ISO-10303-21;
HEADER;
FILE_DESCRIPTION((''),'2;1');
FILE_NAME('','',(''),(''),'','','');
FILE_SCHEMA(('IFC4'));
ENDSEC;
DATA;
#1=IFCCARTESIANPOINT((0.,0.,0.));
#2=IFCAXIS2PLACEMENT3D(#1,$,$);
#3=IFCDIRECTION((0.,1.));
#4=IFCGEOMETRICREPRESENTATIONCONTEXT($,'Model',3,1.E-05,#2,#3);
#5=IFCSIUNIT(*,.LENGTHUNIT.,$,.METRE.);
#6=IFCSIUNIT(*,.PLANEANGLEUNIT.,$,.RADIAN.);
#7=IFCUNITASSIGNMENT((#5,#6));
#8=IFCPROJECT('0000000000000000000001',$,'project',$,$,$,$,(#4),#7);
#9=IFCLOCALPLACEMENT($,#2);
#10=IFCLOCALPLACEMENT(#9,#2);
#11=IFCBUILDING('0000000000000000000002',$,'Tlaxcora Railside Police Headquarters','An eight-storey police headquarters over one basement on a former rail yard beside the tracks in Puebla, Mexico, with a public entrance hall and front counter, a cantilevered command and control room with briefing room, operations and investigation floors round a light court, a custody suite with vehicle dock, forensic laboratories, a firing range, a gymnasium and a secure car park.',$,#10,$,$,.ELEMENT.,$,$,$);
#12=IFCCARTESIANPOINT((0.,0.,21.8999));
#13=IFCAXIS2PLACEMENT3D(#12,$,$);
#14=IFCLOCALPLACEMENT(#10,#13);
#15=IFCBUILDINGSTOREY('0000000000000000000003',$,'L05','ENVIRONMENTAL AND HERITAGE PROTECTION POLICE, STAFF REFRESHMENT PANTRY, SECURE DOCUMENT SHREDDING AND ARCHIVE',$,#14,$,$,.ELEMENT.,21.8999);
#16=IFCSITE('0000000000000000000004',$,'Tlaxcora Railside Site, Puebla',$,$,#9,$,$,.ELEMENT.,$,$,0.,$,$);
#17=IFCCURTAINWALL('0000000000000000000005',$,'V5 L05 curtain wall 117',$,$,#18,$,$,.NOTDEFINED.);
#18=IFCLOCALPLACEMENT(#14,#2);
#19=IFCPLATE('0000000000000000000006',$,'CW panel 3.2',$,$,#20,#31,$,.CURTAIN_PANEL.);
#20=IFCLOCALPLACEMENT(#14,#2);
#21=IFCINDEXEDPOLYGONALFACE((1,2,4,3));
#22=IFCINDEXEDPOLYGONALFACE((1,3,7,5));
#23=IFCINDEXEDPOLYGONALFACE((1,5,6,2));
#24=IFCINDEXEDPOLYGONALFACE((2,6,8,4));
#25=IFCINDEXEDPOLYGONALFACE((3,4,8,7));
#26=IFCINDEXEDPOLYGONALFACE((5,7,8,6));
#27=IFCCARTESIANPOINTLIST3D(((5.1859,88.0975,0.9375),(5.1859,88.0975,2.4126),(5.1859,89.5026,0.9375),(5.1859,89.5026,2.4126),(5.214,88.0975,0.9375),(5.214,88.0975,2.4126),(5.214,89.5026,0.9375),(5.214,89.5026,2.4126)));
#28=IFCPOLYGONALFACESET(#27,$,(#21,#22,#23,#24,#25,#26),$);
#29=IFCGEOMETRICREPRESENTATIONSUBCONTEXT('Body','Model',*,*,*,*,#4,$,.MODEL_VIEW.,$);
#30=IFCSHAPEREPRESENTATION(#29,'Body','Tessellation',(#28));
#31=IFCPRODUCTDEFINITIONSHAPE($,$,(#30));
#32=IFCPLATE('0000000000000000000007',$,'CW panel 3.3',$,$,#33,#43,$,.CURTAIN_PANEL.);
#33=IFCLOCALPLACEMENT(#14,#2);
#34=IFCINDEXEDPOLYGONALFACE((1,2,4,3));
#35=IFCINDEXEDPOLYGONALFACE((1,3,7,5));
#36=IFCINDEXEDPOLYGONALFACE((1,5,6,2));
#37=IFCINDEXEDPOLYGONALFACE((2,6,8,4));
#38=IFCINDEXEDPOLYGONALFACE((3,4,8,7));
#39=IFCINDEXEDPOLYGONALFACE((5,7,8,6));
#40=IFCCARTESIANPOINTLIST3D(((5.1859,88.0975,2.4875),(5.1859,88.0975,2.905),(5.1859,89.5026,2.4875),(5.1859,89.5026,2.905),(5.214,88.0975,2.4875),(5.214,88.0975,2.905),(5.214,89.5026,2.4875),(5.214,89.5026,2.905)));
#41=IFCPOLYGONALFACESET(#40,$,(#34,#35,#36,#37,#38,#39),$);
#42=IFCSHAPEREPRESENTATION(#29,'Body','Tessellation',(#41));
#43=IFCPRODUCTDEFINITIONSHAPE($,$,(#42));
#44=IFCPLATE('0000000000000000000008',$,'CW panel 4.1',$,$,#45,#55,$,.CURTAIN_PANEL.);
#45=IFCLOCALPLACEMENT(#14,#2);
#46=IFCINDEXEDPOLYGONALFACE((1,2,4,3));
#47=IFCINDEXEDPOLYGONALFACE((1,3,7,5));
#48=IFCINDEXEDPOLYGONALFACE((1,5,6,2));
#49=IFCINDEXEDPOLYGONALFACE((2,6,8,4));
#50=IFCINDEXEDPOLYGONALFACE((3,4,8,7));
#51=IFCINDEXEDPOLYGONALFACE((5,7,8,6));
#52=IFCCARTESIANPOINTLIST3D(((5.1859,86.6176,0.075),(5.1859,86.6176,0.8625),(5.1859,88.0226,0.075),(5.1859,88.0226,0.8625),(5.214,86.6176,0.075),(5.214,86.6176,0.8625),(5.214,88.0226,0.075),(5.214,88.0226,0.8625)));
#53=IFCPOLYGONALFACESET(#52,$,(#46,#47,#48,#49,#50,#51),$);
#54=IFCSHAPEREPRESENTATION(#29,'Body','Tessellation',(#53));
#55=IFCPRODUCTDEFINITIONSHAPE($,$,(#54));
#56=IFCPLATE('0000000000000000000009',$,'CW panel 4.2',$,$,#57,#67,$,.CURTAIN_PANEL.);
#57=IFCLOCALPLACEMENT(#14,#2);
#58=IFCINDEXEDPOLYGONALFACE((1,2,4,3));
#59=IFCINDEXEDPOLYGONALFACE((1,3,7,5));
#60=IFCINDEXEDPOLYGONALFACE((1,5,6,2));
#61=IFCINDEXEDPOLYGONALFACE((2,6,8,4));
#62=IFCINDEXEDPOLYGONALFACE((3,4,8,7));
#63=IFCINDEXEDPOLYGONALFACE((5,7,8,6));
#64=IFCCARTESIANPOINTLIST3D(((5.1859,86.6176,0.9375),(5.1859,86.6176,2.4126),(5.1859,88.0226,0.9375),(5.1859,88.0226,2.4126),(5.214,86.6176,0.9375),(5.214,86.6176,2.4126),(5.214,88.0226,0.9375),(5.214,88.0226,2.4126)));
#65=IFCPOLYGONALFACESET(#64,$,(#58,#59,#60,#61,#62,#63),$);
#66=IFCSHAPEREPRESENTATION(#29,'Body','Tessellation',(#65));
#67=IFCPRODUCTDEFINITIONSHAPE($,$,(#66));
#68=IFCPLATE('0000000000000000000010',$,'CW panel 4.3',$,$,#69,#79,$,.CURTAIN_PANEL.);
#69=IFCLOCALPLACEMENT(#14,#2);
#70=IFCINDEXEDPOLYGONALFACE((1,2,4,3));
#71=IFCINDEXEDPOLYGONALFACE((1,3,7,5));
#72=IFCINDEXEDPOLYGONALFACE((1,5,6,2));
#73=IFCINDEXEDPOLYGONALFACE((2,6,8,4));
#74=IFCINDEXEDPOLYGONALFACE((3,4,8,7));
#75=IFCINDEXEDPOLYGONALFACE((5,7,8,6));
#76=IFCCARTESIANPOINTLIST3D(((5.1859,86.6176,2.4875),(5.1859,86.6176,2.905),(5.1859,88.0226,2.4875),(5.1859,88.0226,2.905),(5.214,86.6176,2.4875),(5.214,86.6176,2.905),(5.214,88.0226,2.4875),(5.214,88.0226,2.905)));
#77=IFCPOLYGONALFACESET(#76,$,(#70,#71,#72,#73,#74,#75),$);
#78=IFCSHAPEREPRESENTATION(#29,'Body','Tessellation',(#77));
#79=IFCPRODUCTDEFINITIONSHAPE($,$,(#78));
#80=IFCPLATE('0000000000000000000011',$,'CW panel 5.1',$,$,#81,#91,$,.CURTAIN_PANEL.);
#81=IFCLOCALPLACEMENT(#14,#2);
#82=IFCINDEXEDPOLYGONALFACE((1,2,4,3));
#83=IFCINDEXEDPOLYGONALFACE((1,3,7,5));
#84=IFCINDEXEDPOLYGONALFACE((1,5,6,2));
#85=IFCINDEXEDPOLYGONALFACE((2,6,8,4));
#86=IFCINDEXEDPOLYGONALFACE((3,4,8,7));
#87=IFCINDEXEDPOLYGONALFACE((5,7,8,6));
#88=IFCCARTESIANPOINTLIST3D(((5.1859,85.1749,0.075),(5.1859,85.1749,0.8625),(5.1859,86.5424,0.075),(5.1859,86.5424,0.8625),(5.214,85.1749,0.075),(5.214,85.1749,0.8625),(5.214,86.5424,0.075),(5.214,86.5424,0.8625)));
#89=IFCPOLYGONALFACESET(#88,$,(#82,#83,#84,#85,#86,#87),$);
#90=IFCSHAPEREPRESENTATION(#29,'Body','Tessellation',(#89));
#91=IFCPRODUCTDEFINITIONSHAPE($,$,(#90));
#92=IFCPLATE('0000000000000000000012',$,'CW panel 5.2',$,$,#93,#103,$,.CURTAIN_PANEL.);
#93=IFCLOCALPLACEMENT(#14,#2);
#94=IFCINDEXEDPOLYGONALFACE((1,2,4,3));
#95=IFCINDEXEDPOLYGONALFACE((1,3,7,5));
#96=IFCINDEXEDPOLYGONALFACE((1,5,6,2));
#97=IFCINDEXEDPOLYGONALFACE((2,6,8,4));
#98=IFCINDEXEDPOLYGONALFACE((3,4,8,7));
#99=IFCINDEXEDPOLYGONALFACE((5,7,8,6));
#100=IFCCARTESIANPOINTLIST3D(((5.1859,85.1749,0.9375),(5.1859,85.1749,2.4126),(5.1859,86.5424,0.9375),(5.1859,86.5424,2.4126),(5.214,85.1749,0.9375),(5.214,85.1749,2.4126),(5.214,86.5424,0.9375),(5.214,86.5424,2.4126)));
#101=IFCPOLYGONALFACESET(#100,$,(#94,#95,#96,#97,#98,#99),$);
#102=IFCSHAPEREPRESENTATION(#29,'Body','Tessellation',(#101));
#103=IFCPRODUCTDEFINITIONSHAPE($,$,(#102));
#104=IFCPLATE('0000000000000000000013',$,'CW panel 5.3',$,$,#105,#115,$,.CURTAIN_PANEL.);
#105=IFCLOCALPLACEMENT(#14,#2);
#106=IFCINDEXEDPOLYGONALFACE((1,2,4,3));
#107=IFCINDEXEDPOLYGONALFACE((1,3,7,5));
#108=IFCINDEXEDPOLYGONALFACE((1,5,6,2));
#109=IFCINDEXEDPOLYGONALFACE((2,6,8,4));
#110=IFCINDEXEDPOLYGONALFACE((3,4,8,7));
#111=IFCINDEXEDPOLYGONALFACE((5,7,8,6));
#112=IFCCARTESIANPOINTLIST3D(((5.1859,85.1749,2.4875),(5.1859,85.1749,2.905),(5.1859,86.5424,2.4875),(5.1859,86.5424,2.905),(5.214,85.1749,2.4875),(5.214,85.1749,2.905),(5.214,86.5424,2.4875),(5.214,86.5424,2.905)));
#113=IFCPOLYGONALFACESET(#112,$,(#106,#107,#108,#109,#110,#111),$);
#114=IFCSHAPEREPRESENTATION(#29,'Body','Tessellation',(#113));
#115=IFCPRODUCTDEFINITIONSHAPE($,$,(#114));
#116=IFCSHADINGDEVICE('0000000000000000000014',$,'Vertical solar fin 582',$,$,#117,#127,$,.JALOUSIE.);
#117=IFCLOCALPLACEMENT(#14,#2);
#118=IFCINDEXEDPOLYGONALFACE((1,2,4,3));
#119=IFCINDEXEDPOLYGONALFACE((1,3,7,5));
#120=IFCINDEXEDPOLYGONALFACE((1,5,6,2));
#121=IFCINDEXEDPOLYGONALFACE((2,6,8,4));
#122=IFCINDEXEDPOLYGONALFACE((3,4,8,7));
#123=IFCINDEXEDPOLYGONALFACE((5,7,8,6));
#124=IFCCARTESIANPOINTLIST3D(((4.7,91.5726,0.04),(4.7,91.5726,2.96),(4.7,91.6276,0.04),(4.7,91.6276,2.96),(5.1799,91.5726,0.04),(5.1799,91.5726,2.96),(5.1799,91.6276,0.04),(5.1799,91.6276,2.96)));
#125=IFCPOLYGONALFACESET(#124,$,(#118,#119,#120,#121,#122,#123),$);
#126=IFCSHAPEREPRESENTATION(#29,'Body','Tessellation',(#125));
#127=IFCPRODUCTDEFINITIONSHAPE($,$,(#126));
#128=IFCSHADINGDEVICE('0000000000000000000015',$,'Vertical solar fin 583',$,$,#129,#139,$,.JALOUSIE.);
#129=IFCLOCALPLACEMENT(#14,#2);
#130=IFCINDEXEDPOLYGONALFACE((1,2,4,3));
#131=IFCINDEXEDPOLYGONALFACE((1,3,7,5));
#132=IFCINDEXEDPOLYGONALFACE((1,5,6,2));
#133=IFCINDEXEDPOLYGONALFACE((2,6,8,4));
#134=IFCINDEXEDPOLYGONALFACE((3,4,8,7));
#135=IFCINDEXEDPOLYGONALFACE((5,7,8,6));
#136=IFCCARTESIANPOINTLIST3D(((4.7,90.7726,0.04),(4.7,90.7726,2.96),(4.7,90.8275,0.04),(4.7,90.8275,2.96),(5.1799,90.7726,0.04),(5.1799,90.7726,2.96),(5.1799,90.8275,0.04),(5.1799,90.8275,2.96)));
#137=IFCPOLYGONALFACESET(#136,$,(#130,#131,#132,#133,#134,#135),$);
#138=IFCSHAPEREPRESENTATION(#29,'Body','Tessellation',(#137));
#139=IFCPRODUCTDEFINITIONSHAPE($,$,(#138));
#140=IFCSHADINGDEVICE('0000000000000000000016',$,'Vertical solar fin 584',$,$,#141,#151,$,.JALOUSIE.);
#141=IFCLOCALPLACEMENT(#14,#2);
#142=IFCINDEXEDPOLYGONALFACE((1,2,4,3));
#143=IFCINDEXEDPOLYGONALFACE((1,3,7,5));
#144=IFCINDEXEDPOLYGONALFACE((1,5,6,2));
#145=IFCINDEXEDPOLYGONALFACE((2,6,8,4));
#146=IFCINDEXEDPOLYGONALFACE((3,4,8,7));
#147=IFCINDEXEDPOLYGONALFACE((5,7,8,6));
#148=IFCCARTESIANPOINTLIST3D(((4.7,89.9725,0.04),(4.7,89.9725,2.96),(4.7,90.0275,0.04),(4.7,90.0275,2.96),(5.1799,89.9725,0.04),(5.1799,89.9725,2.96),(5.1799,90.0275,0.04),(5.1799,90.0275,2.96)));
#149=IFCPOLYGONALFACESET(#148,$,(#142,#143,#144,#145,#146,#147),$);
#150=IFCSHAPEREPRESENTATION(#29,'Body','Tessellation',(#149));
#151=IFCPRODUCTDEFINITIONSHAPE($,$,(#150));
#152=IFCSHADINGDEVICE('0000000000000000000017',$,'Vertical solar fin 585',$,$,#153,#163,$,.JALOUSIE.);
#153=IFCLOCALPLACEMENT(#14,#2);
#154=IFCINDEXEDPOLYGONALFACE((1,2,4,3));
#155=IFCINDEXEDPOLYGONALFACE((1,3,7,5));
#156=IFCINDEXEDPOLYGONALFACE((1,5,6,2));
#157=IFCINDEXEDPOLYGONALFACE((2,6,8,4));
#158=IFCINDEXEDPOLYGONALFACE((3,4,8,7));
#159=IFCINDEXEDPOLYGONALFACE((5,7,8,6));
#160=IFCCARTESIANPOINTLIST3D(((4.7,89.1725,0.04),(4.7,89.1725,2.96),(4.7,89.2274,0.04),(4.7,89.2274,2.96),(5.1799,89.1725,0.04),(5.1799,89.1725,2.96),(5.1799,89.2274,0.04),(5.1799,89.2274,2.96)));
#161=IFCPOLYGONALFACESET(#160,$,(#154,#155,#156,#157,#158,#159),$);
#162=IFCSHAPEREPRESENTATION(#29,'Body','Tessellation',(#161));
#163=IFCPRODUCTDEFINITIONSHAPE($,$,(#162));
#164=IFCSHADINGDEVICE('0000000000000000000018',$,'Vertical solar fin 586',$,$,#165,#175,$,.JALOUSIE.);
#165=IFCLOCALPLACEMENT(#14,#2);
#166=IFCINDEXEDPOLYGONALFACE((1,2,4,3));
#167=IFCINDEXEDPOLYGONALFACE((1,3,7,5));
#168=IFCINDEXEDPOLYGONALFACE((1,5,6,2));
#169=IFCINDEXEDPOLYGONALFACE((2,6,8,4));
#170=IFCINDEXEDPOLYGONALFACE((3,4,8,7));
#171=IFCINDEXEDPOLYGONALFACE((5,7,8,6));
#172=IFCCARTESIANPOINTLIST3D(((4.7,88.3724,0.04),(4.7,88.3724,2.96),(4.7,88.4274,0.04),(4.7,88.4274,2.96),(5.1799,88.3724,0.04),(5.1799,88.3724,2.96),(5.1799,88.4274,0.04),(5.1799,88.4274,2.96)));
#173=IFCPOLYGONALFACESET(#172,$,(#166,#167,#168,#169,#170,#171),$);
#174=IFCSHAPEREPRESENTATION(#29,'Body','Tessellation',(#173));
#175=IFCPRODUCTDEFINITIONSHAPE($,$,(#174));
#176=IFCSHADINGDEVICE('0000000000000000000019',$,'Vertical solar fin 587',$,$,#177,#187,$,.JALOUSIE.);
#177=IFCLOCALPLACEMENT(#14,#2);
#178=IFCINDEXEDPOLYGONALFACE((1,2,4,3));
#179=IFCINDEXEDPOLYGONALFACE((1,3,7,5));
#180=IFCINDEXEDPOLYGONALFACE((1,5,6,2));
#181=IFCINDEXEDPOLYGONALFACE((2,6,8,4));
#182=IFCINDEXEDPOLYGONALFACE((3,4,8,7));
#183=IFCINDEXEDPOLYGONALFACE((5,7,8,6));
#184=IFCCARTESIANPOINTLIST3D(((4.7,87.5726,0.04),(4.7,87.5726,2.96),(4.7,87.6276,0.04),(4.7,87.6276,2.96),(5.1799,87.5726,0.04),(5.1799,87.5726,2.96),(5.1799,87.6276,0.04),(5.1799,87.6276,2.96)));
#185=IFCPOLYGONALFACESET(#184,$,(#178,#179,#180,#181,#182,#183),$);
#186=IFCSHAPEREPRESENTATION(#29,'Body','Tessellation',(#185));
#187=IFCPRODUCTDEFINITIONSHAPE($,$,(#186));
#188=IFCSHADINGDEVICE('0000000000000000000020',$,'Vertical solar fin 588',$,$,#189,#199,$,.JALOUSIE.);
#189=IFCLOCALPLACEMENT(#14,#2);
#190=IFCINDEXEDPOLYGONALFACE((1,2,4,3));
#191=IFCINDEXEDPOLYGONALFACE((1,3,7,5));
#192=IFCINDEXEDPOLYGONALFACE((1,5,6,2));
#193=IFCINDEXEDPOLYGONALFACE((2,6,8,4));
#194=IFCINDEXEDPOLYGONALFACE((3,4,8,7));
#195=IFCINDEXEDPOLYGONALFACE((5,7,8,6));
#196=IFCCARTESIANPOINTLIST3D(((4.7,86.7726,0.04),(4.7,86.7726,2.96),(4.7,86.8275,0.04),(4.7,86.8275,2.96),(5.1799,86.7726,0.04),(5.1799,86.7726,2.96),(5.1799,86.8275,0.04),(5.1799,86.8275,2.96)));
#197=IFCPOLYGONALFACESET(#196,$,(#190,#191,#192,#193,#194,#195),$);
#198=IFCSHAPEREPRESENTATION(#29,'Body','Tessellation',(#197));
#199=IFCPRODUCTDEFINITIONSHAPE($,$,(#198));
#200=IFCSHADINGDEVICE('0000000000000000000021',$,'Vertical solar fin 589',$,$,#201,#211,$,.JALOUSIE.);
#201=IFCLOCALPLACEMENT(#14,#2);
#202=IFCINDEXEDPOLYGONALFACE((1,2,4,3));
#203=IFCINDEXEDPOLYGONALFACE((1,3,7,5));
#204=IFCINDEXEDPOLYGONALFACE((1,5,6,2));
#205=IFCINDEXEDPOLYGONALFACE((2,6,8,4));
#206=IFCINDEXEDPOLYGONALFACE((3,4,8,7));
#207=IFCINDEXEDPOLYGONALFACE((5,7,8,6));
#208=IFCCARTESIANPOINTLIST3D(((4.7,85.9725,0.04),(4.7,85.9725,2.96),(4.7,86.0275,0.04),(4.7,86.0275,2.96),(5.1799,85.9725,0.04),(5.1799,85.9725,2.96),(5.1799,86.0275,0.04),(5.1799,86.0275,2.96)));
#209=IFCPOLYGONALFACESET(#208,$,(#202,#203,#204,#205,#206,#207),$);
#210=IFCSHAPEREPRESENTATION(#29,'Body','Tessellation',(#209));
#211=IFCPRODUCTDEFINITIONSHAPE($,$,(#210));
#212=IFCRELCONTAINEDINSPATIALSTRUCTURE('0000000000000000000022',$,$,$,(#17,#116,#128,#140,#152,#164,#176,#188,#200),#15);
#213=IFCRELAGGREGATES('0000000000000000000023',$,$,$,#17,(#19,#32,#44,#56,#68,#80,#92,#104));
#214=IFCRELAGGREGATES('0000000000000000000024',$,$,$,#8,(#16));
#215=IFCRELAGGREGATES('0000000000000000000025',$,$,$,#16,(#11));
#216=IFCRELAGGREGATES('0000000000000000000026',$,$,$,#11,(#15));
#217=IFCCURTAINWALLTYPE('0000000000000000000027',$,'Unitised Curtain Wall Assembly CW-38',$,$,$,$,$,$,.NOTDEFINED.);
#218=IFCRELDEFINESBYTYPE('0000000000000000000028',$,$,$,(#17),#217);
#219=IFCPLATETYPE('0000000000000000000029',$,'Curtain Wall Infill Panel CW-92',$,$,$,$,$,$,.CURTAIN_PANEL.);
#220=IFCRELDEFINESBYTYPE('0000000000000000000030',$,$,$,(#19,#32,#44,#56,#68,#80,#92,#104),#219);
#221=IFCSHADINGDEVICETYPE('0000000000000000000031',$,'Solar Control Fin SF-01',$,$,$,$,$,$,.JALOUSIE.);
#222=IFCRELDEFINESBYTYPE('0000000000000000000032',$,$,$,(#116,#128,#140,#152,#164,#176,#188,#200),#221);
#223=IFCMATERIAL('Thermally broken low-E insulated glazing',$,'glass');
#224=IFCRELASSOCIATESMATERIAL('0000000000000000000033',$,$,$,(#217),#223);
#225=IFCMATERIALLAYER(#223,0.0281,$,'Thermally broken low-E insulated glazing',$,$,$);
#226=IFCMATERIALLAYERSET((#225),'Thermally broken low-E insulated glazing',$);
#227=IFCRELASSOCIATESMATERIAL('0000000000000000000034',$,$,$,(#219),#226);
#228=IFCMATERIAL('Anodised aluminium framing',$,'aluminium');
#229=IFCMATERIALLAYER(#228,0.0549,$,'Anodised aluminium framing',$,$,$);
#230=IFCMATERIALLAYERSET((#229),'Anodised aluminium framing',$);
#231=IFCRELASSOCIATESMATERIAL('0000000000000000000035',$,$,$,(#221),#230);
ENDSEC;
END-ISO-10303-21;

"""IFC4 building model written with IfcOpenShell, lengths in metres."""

from ifc_helpers import new_model, si_unit, direction, frame, origin, origin_2d, place, context, subcontext, project, spatial, rectangle, extrude, material, layer, layer_set, type_object, element, aggregate, save


model = new_model("IFC4")

# Units and contexts
model_context = context("Model", 3, precision=1e-05, world=origin(), true_north=direction((0.0, 1.0)))
body_context = subcontext(model_context, "Body", "Model", "MODEL_VIEW")
ifc_project = project(units=[si_unit("LENGTHUNIT", "METRE"), si_unit("PLANEANGLEUNIT", "RADIAN")], contexts=[model_context])

# Site, building, storey
site_placement = place(None, origin())
site = spatial("IfcSite", under=ifc_project, at=site_placement, Name="Tlaxcora Railside Site, Puebla", CompositionType="ELEMENT", RefElevation=0.0)
building_placement = place(site_placement, origin())
building = spatial("IfcBuilding", under=site, at=building_placement, Name="Tlaxcora Railside Police Headquarters", Description="An eight-storey police headquarters over one basement on a former rail yard beside the tracks in Puebla, Mexico, with a public entrance hall and front counter, a cantilevered command and control room with briefing room, operations and investigation floors round a light court, a custody suite with vehicle dock, forensic laboratories, a firing range, a gymnasium and a secure car park.", CompositionType="ELEMENT")
storey_placement = place(building_placement, frame((0.0, 0.0, 21.8999)))
storey = spatial("IfcBuildingStorey", under=building, at=storey_placement, Name="L05", Description="ENVIRONMENTAL AND HERITAGE PROTECTION POLICE, STAFF REFRESHMENT PANTRY, SECURE DOCUMENT SHREDDING AND ARCHIVE", CompositionType="ELEMENT", Elevation=21.8999)

# Curtain wall
ifc_material_1 = material(Name="Thermally broken low-E insulated glazing", Category="glass")
curtain_wall_type = type_object("IfcCurtainWallType", Name="Unitised Curtain Wall Assembly CW-38", PredefinedType="NOTDEFINED", material=ifc_material_1)
curtain_wall_placement = place(storey_placement, origin())
curtain_wall = element("IfcCurtainWall", 1, at=curtain_wall_placement, inside=storey, type_object=curtain_wall_type, Name="V5 L05 curtain wall 117", PredefinedType="NOTDEFINED")
ifc_material_2 = material(Name="Anodised aluminium framing", Category="aluminium")

# Plates
ifc_layer_1 = layer(ifc_material_1, 0.0281, Name="Thermally broken low-E insulated glazing")
ifc_layer_set_1 = layer_set([ifc_layer_1], Name="Thermally broken low-E insulated glazing")
plate_type = type_object("IfcPlateType", Name="Curtain Wall Infill Panel CW-92", PredefinedType="CURTAIN_PANEL", material=ifc_layer_set_1)
plate_1_placement = place(storey_placement, frame((5.2, 88.8, 0.9375), z_axis=(0.0, 0.0, 1.0), x_axis=(0.0, -1.0, 0.0)))
plate_1 = element("IfcPlate", 2, at=plate_1_placement, type_object=plate_type, Name="CW panel 3.2", PredefinedType="CURTAIN_PANEL", context=body_context, shape_type="SweptSolid", body=[
    extrude(rectangle(XDim=1.405, YDim=0.0281, at=origin_2d()), origin(), (0.0, 0.0, 1.0), 1.4751),
])
plate_2_placement = place(storey_placement, frame((5.2, 88.8, 2.4875), z_axis=(0.0, 0.0, 1.0), x_axis=(0.0, -1.0, 0.0)))
plate_2 = element("IfcPlate", 3, at=plate_2_placement, type_object=plate_type, Name="CW panel 3.3", PredefinedType="CURTAIN_PANEL", context=body_context, shape_type="SweptSolid", body=[
    extrude(rectangle(XDim=1.405, YDim=0.0281, at=origin_2d()), origin(), (0.0, 0.0, 1.0), 0.4175),
])
plate_3_placement = place(storey_placement, frame((5.2, 87.3201, 0.075), z_axis=(0.0, 0.0, 1.0), x_axis=(0.0, -1.0, 0.0)))
plate_3 = element("IfcPlate", 4, at=plate_3_placement, type_object=plate_type, Name="CW panel 4.1", PredefinedType="CURTAIN_PANEL", context=body_context, shape_type="SweptSolid", body=[
    extrude(rectangle(XDim=1.405, YDim=0.0281, at=origin_2d()), origin(), (0.0, 0.0, 1.0), 0.7876),
])
plate_4_placement = place(storey_placement, frame((5.2, 87.3201, 0.9375), z_axis=(0.0, 0.0, 1.0), x_axis=(0.0, -1.0, 0.0)))
plate_4 = element("IfcPlate", 5, at=plate_4_placement, type_object=plate_type, Name="CW panel 4.2", PredefinedType="CURTAIN_PANEL", context=body_context, shape_type="SweptSolid", body=[
    extrude(rectangle(XDim=1.405, YDim=0.0281, at=origin_2d()), origin(), (0.0, 0.0, 1.0), 1.4751),
])
plate_5_placement = place(storey_placement, frame((5.2, 87.3201, 2.4875), z_axis=(0.0, 0.0, 1.0), x_axis=(0.0, -1.0, 0.0)))
plate_5 = element("IfcPlate", 6, at=plate_5_placement, type_object=plate_type, Name="CW panel 4.3", PredefinedType="CURTAIN_PANEL", context=body_context, shape_type="SweptSolid", body=[
    extrude(rectangle(XDim=1.405, YDim=0.0281, at=origin_2d()), origin(), (0.0, 0.0, 1.0), 0.4175),
])
plate_6_placement = place(storey_placement, frame((5.2, 85.8586, 0.075), z_axis=(0.0, 0.0, 1.0), x_axis=(0.0, -1.0, 0.0)))
plate_6 = element("IfcPlate", 7, at=plate_6_placement, type_object=plate_type, Name="CW panel 5.1", PredefinedType="CURTAIN_PANEL", context=body_context, shape_type="SweptSolid", body=[
    extrude(rectangle(XDim=1.3674, YDim=0.0281, at=origin_2d()), origin(), (0.0, 0.0, 1.0), 0.7876),
])
plate_7_placement = place(storey_placement, frame((5.2, 85.8586, 0.9375), z_axis=(0.0, 0.0, 1.0), x_axis=(0.0, -1.0, 0.0)))
plate_7 = element("IfcPlate", 8, at=plate_7_placement, type_object=plate_type, Name="CW panel 5.2", PredefinedType="CURTAIN_PANEL", context=body_context, shape_type="SweptSolid", body=[
    extrude(rectangle(XDim=1.3674, YDim=0.0281, at=origin_2d()), origin(), (0.0, 0.0, 1.0), 1.4751),
])
plate_8_placement = place(storey_placement, frame((5.2, 85.8586, 2.4875), z_axis=(0.0, 0.0, 1.0), x_axis=(0.0, -1.0, 0.0)))
plate_8 = element("IfcPlate", 9, at=plate_8_placement, type_object=plate_type, Name="CW panel 5.3", PredefinedType="CURTAIN_PANEL", context=body_context, shape_type="SweptSolid", body=[
    extrude(rectangle(XDim=1.3674, YDim=0.0281, at=origin_2d()), origin(), (0.0, 0.0, 1.0), 0.4175),
])
aggregate(curtain_wall, [plate_1, plate_2, plate_3, plate_4, plate_5, plate_6, plate_7, plate_8])

# Shading devices
ifc_layer_2 = layer(ifc_material_2, 0.0549, Name="Anodised aluminium framing")
ifc_layer_set_2 = layer_set([ifc_layer_2], Name="Anodised aluminium framing")
shading_device_type = type_object("IfcShadingDeviceType", Name="Solar Control Fin SF-01", PredefinedType="JALOUSIE", material=ifc_layer_set_2)
for number, where, z_axis, x_axis, name in (
    (10, (4.9399, 91.6001, 0.04), (0.0, 0.0, 1.0), (-1.0, 0.0, 0.0), "Vertical solar fin 582"),
    (11, (4.9399, 90.8, 0.04), (0.0, 0.0, 1.0), (-1.0, 0.0, 0.0), "Vertical solar fin 583"),
    (12, (4.9399, 90.0, 0.04), (0.0, 0.0, 1.0), (-1.0, 0.0, 0.0), "Vertical solar fin 584"),
    (13, (4.9399, 89.2, 0.04), (0.0, 0.0, 1.0), (-1.0, 0.0, 0.0), "Vertical solar fin 585"),
    (14, (4.9399, 88.3999, 0.04), (0.0, 0.0, 1.0), (-1.0, 0.0, 0.0), "Vertical solar fin 586"),
    (15, (4.9399, 87.6001, 0.04), (0.0, 0.0, 1.0), (-1.0, 0.0, 0.0), "Vertical solar fin 587"),
    (16, (4.9399, 86.8, 0.04), (0.0, 0.0, 1.0), (-1.0, 0.0, 0.0), "Vertical solar fin 588"),
    (17, (4.9399, 86.0, 0.04), (0.0, 0.0, 1.0), (-1.0, 0.0, 0.0), "Vertical solar fin 589"),
):
    element("IfcShadingDevice", number, at=place(storey_placement, frame(where, z_axis=z_axis, x_axis=x_axis)), inside=storey, type_object=shading_device_type, Name=name, PredefinedType="JALOUSIE", context=body_context, shape_type="SweptSolid", body=[
        extrude(rectangle(XDim=0.48, YDim=0.0549, at=origin_2d()), origin(), (0.0, 0.0, 1.0), 2.9199),
    ])

save(model, "model.ifc")
